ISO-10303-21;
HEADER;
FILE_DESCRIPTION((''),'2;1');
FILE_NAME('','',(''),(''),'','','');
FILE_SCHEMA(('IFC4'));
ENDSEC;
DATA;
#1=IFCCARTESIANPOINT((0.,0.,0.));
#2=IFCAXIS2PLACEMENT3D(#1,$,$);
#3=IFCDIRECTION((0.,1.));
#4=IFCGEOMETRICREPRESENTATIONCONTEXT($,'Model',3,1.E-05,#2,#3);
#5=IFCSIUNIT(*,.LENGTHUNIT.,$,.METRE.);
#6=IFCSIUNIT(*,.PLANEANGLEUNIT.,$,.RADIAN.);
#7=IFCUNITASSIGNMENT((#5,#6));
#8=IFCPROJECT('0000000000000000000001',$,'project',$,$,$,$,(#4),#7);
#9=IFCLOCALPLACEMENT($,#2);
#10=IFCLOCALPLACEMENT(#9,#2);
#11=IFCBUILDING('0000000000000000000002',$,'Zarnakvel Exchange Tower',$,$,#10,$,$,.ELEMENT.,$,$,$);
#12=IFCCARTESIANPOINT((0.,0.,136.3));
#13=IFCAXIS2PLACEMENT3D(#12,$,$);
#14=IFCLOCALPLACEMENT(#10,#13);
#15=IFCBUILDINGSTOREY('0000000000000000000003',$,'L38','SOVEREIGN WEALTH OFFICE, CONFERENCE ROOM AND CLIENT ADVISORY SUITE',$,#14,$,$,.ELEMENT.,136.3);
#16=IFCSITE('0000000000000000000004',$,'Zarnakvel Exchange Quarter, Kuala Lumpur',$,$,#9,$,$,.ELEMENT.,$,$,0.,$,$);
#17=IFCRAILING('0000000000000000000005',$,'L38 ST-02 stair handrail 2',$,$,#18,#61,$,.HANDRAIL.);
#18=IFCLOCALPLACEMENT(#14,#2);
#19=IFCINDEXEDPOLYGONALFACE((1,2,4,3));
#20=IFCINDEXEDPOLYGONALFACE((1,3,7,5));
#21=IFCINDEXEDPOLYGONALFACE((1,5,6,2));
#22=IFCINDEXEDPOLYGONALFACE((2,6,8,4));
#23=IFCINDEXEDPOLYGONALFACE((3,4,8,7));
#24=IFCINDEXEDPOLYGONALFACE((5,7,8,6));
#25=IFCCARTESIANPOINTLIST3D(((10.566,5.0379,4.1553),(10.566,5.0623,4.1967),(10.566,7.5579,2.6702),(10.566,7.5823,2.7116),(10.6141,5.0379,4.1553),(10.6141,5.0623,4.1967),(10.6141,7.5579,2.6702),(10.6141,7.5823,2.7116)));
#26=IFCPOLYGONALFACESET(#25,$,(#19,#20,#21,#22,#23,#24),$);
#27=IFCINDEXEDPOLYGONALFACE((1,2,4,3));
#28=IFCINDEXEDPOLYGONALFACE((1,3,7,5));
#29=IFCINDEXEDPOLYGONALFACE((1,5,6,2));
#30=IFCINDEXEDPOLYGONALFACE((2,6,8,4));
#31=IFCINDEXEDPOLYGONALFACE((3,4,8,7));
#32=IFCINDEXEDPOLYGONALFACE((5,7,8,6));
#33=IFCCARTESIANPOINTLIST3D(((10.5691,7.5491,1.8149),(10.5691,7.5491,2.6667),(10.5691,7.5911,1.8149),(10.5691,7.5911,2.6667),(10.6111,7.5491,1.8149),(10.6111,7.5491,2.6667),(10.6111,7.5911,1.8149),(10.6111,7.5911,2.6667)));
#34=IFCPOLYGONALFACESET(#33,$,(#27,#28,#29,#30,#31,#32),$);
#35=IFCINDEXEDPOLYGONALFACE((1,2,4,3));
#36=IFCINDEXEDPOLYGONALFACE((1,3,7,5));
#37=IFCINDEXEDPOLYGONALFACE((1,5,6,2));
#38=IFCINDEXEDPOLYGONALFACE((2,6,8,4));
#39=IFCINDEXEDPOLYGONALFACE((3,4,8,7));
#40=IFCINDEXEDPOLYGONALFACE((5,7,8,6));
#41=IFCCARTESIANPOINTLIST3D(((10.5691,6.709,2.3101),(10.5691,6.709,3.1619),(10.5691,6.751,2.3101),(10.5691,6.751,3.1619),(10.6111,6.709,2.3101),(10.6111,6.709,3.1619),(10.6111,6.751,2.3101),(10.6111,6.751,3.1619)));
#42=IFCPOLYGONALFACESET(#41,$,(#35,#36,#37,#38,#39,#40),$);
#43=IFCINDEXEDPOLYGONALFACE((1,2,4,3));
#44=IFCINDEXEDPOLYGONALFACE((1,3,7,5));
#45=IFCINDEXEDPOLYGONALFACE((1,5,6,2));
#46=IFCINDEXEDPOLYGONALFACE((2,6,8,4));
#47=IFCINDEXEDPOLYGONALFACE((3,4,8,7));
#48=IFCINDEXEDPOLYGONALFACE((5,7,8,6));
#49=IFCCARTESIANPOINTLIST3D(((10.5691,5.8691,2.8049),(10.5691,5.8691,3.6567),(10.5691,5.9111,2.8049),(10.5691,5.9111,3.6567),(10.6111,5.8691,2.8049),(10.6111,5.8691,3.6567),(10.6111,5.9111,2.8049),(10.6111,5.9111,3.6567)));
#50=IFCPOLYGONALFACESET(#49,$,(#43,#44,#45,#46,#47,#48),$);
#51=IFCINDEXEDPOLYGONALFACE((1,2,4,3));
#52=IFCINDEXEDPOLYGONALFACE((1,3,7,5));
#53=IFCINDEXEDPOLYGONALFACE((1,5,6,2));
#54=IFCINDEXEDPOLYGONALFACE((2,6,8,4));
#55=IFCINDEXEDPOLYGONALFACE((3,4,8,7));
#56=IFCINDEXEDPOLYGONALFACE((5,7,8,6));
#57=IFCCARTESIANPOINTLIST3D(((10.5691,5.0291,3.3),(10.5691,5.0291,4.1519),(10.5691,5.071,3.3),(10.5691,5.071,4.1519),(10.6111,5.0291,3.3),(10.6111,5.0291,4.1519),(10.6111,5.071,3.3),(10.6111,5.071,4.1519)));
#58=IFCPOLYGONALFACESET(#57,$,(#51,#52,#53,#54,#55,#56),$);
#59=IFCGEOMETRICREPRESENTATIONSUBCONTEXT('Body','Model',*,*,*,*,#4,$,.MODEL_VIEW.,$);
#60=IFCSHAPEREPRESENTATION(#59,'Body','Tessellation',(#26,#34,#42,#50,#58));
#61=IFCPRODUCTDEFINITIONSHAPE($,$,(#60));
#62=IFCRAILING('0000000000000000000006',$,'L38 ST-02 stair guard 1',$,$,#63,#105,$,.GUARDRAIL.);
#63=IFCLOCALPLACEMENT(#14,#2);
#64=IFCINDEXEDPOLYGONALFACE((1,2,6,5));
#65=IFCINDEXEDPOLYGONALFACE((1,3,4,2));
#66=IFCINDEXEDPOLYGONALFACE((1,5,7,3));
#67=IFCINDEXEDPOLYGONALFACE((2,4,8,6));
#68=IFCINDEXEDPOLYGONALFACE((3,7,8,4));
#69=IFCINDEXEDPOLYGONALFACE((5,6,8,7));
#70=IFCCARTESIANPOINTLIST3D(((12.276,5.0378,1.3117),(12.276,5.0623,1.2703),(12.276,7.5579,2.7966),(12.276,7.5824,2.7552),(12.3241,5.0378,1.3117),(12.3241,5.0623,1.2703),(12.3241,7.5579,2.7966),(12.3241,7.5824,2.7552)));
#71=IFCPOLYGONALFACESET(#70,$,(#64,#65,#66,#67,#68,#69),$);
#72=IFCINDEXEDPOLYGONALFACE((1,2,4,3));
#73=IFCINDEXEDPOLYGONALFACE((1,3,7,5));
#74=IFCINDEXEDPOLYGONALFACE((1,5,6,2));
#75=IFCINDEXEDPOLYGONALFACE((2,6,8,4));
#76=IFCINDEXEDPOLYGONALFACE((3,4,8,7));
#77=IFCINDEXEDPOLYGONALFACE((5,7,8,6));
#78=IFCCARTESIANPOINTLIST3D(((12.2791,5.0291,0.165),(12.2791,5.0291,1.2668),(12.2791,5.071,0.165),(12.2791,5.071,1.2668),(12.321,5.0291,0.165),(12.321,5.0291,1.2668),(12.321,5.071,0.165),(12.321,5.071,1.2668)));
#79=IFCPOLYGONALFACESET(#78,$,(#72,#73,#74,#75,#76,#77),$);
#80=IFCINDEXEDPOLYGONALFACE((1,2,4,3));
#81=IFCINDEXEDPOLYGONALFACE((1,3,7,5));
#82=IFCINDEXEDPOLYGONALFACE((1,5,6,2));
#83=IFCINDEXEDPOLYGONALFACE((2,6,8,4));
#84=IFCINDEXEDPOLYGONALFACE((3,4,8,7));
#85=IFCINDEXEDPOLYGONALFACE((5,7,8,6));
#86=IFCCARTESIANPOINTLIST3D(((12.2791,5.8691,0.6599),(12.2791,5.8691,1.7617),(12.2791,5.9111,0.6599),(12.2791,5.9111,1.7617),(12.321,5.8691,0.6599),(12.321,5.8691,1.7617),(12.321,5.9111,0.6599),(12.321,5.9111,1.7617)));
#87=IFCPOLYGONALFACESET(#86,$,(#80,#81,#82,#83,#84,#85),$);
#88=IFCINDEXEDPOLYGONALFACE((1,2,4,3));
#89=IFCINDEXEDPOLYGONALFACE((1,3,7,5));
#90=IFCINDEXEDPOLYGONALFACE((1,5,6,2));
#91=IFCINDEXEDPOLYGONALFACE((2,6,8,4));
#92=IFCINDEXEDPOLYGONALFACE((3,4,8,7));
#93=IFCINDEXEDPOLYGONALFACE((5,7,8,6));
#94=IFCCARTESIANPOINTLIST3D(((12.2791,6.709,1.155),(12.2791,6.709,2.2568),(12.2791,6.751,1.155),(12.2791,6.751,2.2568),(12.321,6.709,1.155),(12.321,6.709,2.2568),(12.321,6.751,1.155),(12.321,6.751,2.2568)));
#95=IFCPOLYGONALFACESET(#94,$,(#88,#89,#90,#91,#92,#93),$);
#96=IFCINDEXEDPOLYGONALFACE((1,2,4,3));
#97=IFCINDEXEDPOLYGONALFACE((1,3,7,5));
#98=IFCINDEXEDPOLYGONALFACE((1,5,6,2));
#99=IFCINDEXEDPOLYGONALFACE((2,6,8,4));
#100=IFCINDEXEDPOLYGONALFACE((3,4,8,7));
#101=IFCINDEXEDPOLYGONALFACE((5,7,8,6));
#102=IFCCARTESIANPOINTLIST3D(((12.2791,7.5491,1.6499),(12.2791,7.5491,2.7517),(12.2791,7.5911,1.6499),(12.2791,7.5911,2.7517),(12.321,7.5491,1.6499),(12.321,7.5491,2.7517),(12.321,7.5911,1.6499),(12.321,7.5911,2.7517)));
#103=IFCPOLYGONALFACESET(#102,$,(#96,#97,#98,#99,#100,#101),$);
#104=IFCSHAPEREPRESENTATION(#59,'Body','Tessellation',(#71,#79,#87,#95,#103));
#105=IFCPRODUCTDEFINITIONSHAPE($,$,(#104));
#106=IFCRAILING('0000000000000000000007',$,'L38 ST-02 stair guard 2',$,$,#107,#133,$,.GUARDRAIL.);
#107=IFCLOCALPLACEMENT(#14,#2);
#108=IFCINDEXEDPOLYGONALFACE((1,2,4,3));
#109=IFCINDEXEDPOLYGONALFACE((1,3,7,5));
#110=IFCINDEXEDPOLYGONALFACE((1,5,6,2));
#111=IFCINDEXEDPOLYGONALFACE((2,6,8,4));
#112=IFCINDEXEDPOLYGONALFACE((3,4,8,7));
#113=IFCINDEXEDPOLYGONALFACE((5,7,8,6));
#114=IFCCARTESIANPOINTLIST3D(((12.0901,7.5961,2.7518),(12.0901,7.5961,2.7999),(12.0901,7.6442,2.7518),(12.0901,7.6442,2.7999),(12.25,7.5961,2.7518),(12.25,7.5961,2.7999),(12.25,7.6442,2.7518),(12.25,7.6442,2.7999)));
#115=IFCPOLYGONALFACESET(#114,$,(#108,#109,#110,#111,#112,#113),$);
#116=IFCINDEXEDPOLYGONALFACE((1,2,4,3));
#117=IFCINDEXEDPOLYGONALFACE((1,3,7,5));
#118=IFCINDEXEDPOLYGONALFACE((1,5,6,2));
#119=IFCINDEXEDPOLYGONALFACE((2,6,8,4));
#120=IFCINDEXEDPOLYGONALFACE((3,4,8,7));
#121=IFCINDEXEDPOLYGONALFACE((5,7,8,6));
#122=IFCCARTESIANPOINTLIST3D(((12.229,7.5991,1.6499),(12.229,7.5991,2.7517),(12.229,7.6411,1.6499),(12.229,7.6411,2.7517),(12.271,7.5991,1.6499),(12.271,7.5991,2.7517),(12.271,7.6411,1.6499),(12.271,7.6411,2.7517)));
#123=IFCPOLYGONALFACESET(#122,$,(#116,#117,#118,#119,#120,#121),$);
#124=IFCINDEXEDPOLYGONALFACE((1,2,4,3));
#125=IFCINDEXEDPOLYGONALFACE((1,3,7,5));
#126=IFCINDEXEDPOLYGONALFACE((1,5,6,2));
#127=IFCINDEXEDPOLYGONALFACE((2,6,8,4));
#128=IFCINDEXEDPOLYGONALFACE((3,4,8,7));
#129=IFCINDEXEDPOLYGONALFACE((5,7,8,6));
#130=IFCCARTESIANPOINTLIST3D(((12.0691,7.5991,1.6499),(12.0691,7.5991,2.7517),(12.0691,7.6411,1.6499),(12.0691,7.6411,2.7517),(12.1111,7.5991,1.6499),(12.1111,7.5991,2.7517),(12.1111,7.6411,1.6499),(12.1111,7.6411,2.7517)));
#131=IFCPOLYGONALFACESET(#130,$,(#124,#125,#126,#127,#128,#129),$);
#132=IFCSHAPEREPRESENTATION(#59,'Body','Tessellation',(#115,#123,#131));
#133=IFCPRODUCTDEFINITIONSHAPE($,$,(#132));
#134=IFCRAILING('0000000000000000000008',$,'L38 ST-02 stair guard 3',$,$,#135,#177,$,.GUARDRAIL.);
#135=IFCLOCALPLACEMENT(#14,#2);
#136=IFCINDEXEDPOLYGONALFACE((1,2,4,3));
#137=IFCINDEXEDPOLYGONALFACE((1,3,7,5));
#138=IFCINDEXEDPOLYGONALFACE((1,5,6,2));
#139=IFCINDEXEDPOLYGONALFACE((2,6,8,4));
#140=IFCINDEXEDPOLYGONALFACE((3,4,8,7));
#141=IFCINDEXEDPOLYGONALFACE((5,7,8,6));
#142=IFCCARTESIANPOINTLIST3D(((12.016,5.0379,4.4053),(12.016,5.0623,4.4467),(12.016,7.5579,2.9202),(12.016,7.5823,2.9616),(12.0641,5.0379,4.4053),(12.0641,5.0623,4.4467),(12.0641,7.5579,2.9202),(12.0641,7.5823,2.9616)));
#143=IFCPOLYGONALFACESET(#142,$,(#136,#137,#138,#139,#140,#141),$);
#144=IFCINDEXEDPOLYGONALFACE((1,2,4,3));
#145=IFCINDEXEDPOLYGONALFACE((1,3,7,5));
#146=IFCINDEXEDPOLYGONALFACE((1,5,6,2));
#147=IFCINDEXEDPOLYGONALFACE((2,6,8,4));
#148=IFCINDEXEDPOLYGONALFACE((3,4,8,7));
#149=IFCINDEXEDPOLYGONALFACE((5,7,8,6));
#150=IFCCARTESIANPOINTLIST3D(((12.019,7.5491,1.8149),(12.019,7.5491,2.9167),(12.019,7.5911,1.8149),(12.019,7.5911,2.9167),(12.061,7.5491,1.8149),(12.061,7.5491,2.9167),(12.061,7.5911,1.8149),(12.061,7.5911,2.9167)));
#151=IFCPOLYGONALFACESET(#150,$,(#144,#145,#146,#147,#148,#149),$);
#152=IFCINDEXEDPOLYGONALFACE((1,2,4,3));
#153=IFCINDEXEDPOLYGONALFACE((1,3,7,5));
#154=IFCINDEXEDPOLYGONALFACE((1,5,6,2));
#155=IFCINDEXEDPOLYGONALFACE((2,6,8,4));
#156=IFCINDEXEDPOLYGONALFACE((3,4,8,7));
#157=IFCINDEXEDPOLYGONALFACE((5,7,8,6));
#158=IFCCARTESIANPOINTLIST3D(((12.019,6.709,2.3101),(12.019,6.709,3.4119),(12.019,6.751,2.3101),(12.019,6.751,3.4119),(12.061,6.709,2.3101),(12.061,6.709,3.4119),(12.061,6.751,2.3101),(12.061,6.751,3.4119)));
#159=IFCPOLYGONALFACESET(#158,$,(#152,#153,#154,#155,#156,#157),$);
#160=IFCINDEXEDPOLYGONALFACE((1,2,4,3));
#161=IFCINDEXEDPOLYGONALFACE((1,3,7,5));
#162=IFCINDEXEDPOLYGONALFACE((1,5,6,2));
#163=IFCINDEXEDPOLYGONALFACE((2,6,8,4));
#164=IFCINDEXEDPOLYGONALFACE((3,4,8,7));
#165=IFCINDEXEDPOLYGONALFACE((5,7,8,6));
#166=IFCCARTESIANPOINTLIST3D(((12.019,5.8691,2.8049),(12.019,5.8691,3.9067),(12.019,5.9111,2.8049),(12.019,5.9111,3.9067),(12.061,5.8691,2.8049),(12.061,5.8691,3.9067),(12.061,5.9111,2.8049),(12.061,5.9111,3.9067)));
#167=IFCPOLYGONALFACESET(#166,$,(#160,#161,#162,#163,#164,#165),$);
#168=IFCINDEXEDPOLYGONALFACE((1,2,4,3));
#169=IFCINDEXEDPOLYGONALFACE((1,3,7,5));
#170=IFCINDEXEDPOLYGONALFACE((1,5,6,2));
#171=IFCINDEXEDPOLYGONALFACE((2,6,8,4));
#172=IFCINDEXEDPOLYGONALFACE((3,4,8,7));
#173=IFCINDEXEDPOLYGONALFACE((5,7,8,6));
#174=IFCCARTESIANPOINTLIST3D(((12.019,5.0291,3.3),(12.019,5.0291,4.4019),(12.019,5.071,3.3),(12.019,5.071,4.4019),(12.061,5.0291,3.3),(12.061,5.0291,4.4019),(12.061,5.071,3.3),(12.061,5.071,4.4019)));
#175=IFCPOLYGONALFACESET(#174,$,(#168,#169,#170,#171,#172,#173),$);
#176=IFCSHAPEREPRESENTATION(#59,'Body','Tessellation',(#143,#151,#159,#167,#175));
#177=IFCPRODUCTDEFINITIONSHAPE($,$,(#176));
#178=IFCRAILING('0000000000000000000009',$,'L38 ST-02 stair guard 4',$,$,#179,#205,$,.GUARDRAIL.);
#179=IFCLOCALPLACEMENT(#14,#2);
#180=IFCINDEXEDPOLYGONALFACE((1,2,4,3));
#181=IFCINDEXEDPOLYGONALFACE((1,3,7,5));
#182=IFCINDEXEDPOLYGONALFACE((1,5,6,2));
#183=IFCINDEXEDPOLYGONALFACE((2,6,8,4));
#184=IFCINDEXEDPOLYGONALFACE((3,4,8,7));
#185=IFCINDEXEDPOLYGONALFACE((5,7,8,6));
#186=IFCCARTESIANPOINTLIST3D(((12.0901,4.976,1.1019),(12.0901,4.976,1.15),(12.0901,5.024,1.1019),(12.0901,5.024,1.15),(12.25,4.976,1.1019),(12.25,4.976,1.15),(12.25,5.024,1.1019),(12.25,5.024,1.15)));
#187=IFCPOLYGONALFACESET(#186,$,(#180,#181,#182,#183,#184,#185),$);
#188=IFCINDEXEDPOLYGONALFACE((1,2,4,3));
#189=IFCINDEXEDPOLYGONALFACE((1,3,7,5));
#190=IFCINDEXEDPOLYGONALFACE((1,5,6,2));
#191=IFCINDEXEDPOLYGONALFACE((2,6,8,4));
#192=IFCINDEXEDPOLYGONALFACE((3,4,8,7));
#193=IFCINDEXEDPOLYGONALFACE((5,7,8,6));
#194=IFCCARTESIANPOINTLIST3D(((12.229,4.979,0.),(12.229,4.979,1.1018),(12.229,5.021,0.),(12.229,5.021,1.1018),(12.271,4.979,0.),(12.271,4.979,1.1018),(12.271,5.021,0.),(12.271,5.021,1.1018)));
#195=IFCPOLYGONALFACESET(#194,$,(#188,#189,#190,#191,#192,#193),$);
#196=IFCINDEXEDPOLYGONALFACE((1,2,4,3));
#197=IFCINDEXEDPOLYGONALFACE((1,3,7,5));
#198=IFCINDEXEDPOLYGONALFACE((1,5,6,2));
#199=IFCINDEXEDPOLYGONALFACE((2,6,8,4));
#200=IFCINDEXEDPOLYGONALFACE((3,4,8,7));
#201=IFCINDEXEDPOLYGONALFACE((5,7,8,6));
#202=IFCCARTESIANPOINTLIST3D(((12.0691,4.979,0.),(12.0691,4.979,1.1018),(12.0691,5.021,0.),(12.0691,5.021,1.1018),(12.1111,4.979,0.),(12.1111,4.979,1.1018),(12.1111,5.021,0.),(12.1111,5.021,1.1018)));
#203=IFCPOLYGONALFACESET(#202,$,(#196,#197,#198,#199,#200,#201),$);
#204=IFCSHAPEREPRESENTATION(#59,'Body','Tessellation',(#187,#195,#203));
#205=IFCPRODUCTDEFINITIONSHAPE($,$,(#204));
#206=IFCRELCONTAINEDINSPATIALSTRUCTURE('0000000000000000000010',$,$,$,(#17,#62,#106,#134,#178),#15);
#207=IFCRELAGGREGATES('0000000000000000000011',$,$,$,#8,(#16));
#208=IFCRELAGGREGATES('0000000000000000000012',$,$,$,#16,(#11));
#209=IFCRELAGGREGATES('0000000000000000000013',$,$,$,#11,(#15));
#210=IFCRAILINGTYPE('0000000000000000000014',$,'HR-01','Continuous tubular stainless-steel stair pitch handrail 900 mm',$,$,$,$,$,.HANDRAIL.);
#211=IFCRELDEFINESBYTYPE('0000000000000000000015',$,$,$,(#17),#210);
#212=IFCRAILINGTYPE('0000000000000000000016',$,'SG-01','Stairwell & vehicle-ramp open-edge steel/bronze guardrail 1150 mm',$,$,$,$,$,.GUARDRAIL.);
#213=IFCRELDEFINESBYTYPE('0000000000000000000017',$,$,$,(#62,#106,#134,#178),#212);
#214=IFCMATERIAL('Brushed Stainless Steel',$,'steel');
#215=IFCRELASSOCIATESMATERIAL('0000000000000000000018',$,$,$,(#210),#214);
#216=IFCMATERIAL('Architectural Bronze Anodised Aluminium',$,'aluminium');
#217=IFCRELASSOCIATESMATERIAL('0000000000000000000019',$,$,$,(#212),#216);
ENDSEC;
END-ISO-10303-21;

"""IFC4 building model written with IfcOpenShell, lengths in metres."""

from ifc_helpers import new_model, si_unit, direction, frame, origin, origin_2d, place, context, subcontext, project, spatial, rectangle, extrude, material, type_object, element, save


model = new_model("IFC4")

# Units and contexts
model_context = context("Model", 3, precision=1e-05, world=origin(), true_north=direction((0.0, 1.0)))
body_context = subcontext(model_context, "Body", "Model", "MODEL_VIEW")
ifc_project = project(units=[si_unit("LENGTHUNIT", "METRE"), si_unit("PLANEANGLEUNIT", "RADIAN")], contexts=[model_context])

# Site, building, storey
site_placement = place(None, origin())
site = spatial("IfcSite", under=ifc_project, at=site_placement, Name="Zarnakvel Exchange Quarter, Kuala Lumpur", CompositionType="ELEMENT", RefElevation=0.0)
building_placement = place(site_placement, origin())
building = spatial("IfcBuilding", under=site, at=building_placement, Name="Zarnakvel Exchange Tower", CompositionType="ELEMENT")
storey_placement = place(building_placement, frame((0.0, 0.0, 136.3)))
storey = spatial("IfcBuildingStorey", under=building, at=storey_placement, Name="L38", Description="SOVEREIGN WEALTH OFFICE, CONFERENCE ROOM AND CLIENT ADVISORY SUITE", CompositionType="ELEMENT", Elevation=136.3)

# Shared definitions
ifc_material_1 = material(Name="Brushed Stainless Steel", Category="steel")

# Shared definitions
ifc_material_2 = material(Name="Architectural Bronze Anodised Aluminium", Category="aluminium")

# Railings
railing_type_1 = type_object("IfcRailingType", Name="HR-01", Description="Continuous tubular stainless-steel stair pitch handrail 900 mm", PredefinedType="HANDRAIL", material=ifc_material_1)
railing_1_placement = place(storey_placement, frame((10.5901, 7.5701, 1.8149)))
element("IfcRailing", 1, at=railing_1_placement, inside=storey, type_object=railing_type_1, Name="L38 ST-02 stair handrail 2", PredefinedType="HANDRAIL", context=body_context, shape_type="SweptSolid", body=[
    extrude(rectangle(XDim=0.0481, YDim=0.0481, at=origin_2d()), frame((0.0, 0.0, 0.876), z_axis=(0.0, -0.861524, 0.507717), x_axis=(1.0, 0.0, 0.0)), (0.0, 0.0, 1.0), 2.925),
    extrude(rectangle(XDim=0.042, YDim=0.042, at=origin_2d()), origin(), (0.0, 0.0, 1.0), 0.8518),
    extrude(rectangle(XDim=0.042, YDim=0.042, at=origin_2d()), frame((0.0, -0.8401, 0.4951)), (0.0, 0.0, 1.0), 0.8518),
    extrude(rectangle(XDim=0.042, YDim=0.042, at=origin_2d()), frame((0.0, -1.6799, 0.99)), (0.0, 0.0, 1.0), 0.8518),
    extrude(rectangle(XDim=0.042, YDim=0.042, at=origin_2d()), frame((0.0, -2.52, 1.4851)), (0.0, 0.0, 1.0), 0.8518),
])
railing_type_2 = type_object("IfcRailingType", Name="SG-01", Description="Stairwell & vehicle-ramp open-edge steel/bronze guardrail 1150 mm", PredefinedType="GUARDRAIL", material=ifc_material_2)
railing_2_placement = place(storey_placement, frame((12.3, 5.05, 0.165)))
element("IfcRailing", 2, at=railing_2_placement, inside=storey, type_object=railing_type_2, Name="L38 ST-02 stair guard 1", PredefinedType="GUARDRAIL", context=body_context, shape_type="SweptSolid", body=[
    extrude(rectangle(XDim=0.0481, YDim=0.0481, at=origin_2d()), frame((0.0, 0.0, 1.126), z_axis=(0.0, 0.861561, 0.507655), x_axis=(-1.0, 0.0, 0.0)), (0.0, 0.0, 1.0), 2.925),
    extrude(rectangle(XDim=0.042, YDim=0.042, at=origin_2d()), origin(), (0.0, 0.0, 1.0), 1.1018),
    extrude(rectangle(XDim=0.042, YDim=0.042, at=origin_2d()), frame((0.0, 0.8401, 0.4949)), (0.0, 0.0, 1.0), 1.1018),
    extrude(rectangle(XDim=0.042, YDim=0.042, at=origin_2d()), frame((0.0, 1.6799, 0.99)), (0.0, 0.0, 1.0), 1.1018),
    extrude(rectangle(XDim=0.042, YDim=0.042, at=origin_2d()), frame((0.0, 2.52, 1.4849)), (0.0, 0.0, 1.0), 1.1018),
])
railing_3_placement = place(storey_placement, frame((12.25, 7.6201, 1.6499)))
element("IfcRailing", 3, at=railing_3_placement, inside=storey, type_object=railing_type_2, Name="L38 ST-02 stair guard 2", PredefinedType="GUARDRAIL", context=body_context, shape_type="SweptSolid", body=[
    extrude(rectangle(XDim=0.0481, YDim=0.0481, at=origin_2d()), frame((0.0, 0.0, 1.126), z_axis=(-1.0, 0.0, 0.0), x_axis=(0.0, -1.0, 0.0)), (0.0, 0.0, 1.0), 0.1599),
    extrude(rectangle(XDim=0.042, YDim=0.042, at=origin_2d()), origin(), (0.0, 0.0, 1.0), 1.1018),
    extrude(rectangle(XDim=0.042, YDim=0.042, at=origin_2d()), frame((-0.1599, 0.0, 0.0)), (0.0, 0.0, 1.0), 1.1018),
])
railing_4_placement = place(storey_placement, frame((12.04, 7.5701, 1.8149)))
element("IfcRailing", 4, at=railing_4_placement, inside=storey, type_object=railing_type_2, Name="L38 ST-02 stair guard 3", PredefinedType="GUARDRAIL", context=body_context, shape_type="SweptSolid", body=[
    extrude(rectangle(XDim=0.0481, YDim=0.0481, at=origin_2d()), frame((0.0, 0.0, 1.126), z_axis=(0.0, -0.861524, 0.507717), x_axis=(1.0, 0.0, 0.0)), (0.0, 0.0, 1.0), 2.925),
    extrude(rectangle(XDim=0.042, YDim=0.042, at=origin_2d()), origin(), (0.0, 0.0, 1.0), 1.1018),
    extrude(rectangle(XDim=0.042, YDim=0.042, at=origin_2d()), frame((0.0, -0.8401, 0.4951)), (0.0, 0.0, 1.0), 1.1018),
    extrude(rectangle(XDim=0.042, YDim=0.042, at=origin_2d()), frame((0.0, -1.6799, 0.99)), (0.0, 0.0, 1.0), 1.1018),
    extrude(rectangle(XDim=0.042, YDim=0.042, at=origin_2d()), frame((0.0, -2.52, 1.4851)), (0.0, 0.0, 1.0), 1.1018),
])
railing_5_placement = place(storey_placement, frame((12.25, 5.0, 0.0)))
element("IfcRailing", 5, at=railing_5_placement, inside=storey, type_object=railing_type_2, Name="L38 ST-02 stair guard 4", PredefinedType="GUARDRAIL", context=body_context, shape_type="SweptSolid", body=[
    extrude(rectangle(XDim=0.0481, YDim=0.0481, at=origin_2d()), frame((0.0, 0.0, 1.126), z_axis=(-1.0, 0.0, 0.0), x_axis=(0.0, -1.0, 0.0)), (0.0, 0.0, 1.0), 0.1599),
    extrude(rectangle(XDim=0.042, YDim=0.042, at=origin_2d()), origin(), (0.0, 0.0, 1.0), 1.1018),
    extrude(rectangle(XDim=0.042, YDim=0.042, at=origin_2d()), frame((-0.1599, 0.0, 0.0)), (0.0, 0.0, 1.0), 1.1018),
])

save(model, "model.ifc")
